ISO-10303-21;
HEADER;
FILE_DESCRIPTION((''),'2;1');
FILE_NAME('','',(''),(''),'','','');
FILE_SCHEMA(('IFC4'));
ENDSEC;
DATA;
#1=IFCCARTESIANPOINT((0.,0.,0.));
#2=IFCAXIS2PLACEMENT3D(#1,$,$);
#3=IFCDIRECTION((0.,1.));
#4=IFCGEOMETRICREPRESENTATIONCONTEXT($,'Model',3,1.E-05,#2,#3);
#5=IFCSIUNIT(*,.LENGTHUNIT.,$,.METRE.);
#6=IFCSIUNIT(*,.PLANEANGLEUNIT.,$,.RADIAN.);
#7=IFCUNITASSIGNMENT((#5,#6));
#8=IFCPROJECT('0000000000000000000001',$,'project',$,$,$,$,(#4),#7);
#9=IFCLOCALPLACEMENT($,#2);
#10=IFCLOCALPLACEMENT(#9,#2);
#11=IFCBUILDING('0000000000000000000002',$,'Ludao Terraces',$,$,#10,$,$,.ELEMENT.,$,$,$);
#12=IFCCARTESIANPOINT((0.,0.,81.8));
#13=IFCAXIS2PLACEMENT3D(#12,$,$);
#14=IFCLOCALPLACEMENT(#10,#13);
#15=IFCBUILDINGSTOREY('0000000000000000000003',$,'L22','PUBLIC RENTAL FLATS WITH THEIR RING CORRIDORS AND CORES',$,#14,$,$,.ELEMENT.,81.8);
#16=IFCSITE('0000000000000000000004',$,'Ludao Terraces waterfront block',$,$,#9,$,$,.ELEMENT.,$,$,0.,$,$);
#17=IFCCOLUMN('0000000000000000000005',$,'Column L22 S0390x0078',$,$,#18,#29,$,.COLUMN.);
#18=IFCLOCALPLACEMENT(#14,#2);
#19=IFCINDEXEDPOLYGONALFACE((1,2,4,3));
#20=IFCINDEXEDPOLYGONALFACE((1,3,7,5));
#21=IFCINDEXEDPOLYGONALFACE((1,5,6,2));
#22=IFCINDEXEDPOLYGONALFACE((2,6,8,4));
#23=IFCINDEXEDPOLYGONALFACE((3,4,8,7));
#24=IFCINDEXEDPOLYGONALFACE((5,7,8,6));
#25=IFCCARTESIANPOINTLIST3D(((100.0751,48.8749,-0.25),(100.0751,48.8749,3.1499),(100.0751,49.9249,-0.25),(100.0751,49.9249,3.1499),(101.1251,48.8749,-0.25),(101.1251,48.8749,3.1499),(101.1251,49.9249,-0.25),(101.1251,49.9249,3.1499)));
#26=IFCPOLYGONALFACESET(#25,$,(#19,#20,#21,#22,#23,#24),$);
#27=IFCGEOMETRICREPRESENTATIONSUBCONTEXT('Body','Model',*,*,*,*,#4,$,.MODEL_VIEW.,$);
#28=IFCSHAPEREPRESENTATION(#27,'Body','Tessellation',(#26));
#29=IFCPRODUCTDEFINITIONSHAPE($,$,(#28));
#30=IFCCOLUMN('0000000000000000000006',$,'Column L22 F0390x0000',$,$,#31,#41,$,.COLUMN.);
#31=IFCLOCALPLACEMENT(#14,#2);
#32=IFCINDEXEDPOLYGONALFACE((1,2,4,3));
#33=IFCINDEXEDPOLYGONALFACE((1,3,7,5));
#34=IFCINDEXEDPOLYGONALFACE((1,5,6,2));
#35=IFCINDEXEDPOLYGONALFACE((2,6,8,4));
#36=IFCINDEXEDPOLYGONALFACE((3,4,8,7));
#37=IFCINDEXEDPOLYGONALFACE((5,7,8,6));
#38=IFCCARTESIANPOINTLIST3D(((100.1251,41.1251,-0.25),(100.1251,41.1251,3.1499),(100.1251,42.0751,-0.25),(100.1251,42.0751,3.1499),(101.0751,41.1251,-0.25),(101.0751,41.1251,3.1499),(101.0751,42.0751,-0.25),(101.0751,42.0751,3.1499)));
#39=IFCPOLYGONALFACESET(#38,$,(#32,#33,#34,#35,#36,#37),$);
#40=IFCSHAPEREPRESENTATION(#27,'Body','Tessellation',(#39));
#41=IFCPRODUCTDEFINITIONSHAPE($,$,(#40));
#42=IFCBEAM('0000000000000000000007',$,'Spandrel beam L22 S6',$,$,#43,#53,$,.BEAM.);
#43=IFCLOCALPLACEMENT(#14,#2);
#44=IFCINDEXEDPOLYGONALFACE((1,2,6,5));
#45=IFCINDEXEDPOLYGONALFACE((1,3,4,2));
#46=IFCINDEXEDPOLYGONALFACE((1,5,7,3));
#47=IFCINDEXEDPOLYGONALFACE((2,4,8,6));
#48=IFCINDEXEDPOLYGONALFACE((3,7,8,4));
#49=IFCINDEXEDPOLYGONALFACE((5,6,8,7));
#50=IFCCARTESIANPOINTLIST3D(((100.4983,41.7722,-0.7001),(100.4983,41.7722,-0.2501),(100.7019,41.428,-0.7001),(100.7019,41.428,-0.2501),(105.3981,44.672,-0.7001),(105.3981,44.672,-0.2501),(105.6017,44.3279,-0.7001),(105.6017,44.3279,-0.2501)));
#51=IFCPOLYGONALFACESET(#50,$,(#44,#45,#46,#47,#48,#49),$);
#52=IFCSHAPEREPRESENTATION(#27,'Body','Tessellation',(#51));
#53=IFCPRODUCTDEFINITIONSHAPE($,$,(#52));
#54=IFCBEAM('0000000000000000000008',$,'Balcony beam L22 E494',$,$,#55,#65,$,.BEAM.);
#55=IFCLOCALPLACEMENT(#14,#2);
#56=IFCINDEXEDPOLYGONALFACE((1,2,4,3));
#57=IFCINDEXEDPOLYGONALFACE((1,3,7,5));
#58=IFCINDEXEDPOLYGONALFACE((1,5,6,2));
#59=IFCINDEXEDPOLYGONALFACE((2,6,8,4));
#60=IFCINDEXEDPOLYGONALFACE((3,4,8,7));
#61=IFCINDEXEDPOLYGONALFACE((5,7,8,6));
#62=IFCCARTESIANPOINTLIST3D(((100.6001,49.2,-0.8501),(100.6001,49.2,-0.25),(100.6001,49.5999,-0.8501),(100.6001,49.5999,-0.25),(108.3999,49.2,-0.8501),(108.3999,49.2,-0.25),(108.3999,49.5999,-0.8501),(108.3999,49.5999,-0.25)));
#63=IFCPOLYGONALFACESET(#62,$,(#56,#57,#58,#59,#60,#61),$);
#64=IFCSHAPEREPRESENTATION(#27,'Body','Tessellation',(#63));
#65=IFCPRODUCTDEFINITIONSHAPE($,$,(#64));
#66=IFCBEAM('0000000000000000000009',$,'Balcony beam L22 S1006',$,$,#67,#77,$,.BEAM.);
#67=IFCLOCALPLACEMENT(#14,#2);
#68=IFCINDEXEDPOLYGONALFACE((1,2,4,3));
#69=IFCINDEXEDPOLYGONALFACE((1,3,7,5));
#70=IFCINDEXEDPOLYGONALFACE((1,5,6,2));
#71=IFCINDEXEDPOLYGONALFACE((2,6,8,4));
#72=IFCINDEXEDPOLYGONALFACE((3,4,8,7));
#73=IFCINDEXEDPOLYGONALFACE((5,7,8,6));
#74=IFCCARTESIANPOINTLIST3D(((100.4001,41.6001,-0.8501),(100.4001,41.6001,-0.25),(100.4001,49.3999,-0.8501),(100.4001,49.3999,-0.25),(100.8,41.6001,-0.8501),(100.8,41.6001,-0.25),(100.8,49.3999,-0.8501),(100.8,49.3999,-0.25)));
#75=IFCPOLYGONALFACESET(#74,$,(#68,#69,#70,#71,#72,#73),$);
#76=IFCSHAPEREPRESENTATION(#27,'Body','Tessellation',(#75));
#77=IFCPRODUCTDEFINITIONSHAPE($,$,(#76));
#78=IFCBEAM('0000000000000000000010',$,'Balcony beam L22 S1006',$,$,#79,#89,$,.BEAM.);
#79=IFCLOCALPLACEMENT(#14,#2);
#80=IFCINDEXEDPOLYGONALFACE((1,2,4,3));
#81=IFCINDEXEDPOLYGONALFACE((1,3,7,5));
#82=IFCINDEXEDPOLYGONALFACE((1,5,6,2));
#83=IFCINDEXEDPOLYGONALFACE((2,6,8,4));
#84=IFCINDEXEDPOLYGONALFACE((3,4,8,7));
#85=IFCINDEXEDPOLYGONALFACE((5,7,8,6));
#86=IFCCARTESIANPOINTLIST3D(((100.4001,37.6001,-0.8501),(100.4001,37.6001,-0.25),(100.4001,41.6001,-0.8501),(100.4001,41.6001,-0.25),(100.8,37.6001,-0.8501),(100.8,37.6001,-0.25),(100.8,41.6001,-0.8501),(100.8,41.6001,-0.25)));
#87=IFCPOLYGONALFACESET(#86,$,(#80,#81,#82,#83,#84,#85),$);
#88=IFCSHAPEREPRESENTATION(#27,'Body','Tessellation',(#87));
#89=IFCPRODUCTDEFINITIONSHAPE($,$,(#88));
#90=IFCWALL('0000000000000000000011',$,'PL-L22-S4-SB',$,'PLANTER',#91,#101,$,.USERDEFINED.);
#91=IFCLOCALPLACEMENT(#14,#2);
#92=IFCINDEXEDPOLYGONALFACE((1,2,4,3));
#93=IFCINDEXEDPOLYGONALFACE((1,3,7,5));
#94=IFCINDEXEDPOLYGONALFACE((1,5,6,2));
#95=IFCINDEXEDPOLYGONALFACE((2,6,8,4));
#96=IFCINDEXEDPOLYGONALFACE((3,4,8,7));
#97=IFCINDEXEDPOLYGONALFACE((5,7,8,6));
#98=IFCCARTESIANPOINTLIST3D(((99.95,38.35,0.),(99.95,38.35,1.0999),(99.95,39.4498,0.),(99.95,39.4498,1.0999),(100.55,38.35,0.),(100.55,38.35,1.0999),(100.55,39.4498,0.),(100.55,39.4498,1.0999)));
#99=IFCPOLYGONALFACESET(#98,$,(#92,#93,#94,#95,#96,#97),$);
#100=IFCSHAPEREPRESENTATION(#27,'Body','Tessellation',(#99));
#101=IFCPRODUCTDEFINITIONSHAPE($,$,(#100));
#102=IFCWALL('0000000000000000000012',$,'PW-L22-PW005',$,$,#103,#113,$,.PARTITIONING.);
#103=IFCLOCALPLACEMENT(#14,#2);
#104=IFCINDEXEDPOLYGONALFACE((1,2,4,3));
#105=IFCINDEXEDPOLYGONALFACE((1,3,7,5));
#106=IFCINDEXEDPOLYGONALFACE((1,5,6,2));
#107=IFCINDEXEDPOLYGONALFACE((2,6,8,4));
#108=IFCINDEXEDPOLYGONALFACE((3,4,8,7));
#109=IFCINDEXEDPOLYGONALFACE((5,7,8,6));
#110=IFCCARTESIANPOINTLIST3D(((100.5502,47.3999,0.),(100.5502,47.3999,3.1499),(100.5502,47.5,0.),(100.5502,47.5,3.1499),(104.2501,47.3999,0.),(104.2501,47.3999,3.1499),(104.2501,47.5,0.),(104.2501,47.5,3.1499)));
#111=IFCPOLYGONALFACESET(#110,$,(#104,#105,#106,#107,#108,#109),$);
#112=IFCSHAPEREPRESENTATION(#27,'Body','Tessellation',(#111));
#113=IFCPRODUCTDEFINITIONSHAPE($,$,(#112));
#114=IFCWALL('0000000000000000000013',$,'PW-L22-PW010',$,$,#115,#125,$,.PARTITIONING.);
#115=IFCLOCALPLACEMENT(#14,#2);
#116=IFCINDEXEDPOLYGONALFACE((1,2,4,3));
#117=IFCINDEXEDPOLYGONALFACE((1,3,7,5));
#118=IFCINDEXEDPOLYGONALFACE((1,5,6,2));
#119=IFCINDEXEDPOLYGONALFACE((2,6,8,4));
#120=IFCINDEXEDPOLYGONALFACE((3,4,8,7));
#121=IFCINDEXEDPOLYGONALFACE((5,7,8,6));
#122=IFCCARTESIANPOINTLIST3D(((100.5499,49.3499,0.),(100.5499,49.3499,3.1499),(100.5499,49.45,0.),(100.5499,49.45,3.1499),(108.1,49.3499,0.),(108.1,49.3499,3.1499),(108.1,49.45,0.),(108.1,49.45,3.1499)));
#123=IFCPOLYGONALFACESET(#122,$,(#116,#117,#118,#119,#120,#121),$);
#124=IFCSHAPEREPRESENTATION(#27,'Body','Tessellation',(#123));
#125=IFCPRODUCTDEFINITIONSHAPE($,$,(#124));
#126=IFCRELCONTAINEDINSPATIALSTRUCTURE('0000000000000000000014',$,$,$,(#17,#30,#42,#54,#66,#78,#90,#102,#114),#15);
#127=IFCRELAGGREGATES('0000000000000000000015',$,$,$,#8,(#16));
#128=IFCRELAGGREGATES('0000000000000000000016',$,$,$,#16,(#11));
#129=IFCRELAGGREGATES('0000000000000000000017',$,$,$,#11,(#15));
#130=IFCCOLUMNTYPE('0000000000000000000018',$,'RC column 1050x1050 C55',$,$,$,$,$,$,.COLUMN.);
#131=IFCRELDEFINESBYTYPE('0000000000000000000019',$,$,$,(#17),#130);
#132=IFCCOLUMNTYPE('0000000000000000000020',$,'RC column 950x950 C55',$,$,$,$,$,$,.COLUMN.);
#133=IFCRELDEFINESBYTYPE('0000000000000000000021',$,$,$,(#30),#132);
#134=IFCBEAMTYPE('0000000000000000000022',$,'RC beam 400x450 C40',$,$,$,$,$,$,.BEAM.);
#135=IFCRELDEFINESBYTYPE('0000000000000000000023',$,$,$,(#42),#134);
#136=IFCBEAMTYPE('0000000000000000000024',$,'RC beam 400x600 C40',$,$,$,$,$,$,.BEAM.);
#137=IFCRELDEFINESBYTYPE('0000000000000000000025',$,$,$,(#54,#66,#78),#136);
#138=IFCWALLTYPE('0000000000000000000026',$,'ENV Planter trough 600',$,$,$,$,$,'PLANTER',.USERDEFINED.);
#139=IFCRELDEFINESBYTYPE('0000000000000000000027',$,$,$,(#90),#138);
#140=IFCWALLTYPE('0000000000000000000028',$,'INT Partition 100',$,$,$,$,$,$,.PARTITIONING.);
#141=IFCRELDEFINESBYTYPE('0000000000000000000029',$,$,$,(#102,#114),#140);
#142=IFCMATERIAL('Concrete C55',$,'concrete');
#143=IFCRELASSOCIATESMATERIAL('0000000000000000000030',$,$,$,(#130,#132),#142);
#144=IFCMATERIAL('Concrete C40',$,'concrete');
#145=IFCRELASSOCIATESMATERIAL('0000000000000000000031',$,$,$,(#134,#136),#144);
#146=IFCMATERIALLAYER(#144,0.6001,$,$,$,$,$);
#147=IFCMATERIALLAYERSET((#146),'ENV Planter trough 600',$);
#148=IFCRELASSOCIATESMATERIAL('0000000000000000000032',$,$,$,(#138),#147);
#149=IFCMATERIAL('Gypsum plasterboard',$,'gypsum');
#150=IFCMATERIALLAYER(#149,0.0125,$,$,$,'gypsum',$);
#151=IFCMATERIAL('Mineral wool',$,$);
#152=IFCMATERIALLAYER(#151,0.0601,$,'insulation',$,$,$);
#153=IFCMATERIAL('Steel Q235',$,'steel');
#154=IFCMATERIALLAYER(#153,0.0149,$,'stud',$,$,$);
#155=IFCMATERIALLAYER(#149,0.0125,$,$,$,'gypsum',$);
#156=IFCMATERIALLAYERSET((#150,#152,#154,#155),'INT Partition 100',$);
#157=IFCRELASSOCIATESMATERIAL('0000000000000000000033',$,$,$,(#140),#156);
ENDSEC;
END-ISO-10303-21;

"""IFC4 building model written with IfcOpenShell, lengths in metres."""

from ifc_helpers import new_model, si_unit, direction, frame, frame_2d, origin, origin_2d, place, context, subcontext, project, spatial, rectangle, extrude, material, layer, layer_set, material_profile, profile_set, type_object, element, save


model = new_model("IFC4")

# Units and contexts
model_context = context("Model", 3, precision=1e-05, world=origin(), true_north=direction((0.0, 1.0)))
body_context = subcontext(model_context, "Body", "Model", "MODEL_VIEW")
ifc_project = project(units=[si_unit("LENGTHUNIT", "METRE"), si_unit("PLANEANGLEUNIT", "RADIAN")], contexts=[model_context])

# Site, building, storey
site_placement = place(None, origin())
site = spatial("IfcSite", under=ifc_project, at=site_placement, Name="Ludao Terraces waterfront block", CompositionType="ELEMENT", RefElevation=0.0)
building_placement = place(site_placement, origin())
building = spatial("IfcBuilding", under=site, at=building_placement, Name="Ludao Terraces", CompositionType="ELEMENT")
storey_placement = place(building_placement, frame((0.0, 0.0, 81.8)))
storey = spatial("IfcBuildingStorey", under=building, at=storey_placement, Name="L22", Description="PUBLIC RENTAL FLATS WITH THEIR RING CORRIDORS AND CORES", CompositionType="ELEMENT", Elevation=81.8)

# Columns
ifc_material_1 = material(Name="Concrete C55", Category="concrete")
ifc_material_profile_1 = material_profile(ifc_material_1, rectangle(XDim=1.05, YDim=1.05, at=origin_2d()), Name="1050 X 1050")
ifc_profile_set_1 = profile_set([ifc_material_profile_1], Name="Concrete C55")
column_type_1 = type_object("IfcColumnType", Name="RC column 1050x1050 C55", PredefinedType="COLUMN", material=ifc_profile_set_1)
column_1_placement = place(storey_placement, frame((100.6001, 49.3999, -0.25), z_axis=(0.0, 0.0, 1.0), x_axis=(1.0, 0.0, 0.0)))
element("IfcColumn", 1, at=column_1_placement, inside=storey, type_object=column_type_1, Name="Column L22 S0390x0078", PredefinedType="COLUMN", context=body_context, shape_type="SweptSolid", body=[
    extrude(rectangle(XDim=1.05, YDim=1.05, at=origin_2d()), origin(), (0.0, 0.0, 1.0), 3.3999),
])
ifc_material_profile_2 = material_profile(ifc_material_1, rectangle(XDim=0.95, YDim=0.95, at=origin_2d()), Name="950 X 950")
ifc_profile_set_2 = profile_set([ifc_material_profile_2], Name="Concrete C55")
column_type_2 = type_object("IfcColumnType", Name="RC column 950x950 C55", PredefinedType="COLUMN", material=ifc_profile_set_2)
column_2_placement = place(storey_placement, frame((100.6001, 41.6001, -0.25), z_axis=(0.0, 0.0, 1.0), x_axis=(1.0, 0.0, 0.0)))
element("IfcColumn", 2, at=column_2_placement, inside=storey, type_object=column_type_2, Name="Column L22 F0390x0000", PredefinedType="COLUMN", context=body_context, shape_type="SweptSolid", body=[
    extrude(rectangle(XDim=0.95, YDim=0.95, at=origin_2d()), origin(), (0.0, 0.0, 1.0), 3.3999),
])

# Beams
ifc_material_2 = material(Name="Concrete C40", Category="concrete")
ifc_material_profile_3 = material_profile(ifc_material_2, rectangle(XDim=0.3999, YDim=0.45, at=origin_2d()), Name="400 X 450")
ifc_profile_set_3 = profile_set([ifc_material_profile_3], Name="Concrete C40")
beam_type_1 = type_object("IfcBeamType", Name="RC beam 400x450 C40", PredefinedType="BEAM", material=ifc_profile_set_3)
beam_1_placement = place(storey_placement, frame((100.6001, 41.6001, -0.4751), z_axis=(0.86058, 0.509316, 0.0), x_axis=(-0.509316, 0.86058, 0.0)))
element("IfcBeam", 3, at=beam_1_placement, inside=storey, type_object=beam_type_1, Name="Spandrel beam L22 S6", PredefinedType="BEAM", context=body_context, shape_type="SweptSolid", body=[
    extrude(rectangle(XDim=0.3999, YDim=0.45, at=origin_2d()), origin(), (0.0, 0.0, 1.0), 5.6936),
])
ifc_material_profile_4 = material_profile(ifc_material_2, rectangle(XDim=0.3999, YDim=0.6001, at=origin_2d()), Name="400 X 600")
ifc_profile_set_4 = profile_set([ifc_material_profile_4], Name="Concrete C40")
beam_type_2 = type_object("IfcBeamType", Name="RC beam 400x600 C40", PredefinedType="BEAM", material=ifc_profile_set_4)
for number, where, z_axis, x_axis, name in (
    (4, (100.6001, 49.3999, -0.55), (1.0, 0.0, 0.0), (0.0, 1.0, 0.0), "Balcony beam L22 E494"),
    (5, (100.6001, 49.3999, -0.55), (0.0, -1.0, 0.0), (1.0, 0.0, 0.0), "Balcony beam L22 S1006"),
):
    element("IfcBeam", number, at=place(storey_placement, frame(where, z_axis=z_axis, x_axis=x_axis)), inside=storey, type_object=beam_type_2, Name=name, PredefinedType="BEAM", context=body_context, shape_type="SweptSolid", body=[
        extrude(rectangle(XDim=0.3999, YDim=0.6001, at=origin_2d()), origin(), (0.0, 0.0, 1.0), 7.7998),
    ])
beam_2_placement = place(storey_placement, frame((100.6001, 41.6001, -0.55), z_axis=(0.0, -1.0, 0.0), x_axis=(1.0, 0.0, 0.0)))
element("IfcBeam", 6, at=beam_2_placement, inside=storey, type_object=beam_type_2, Name="Balcony beam L22 S1006", PredefinedType="BEAM", context=body_context, shape_type="SweptSolid", body=[
    extrude(rectangle(XDim=0.3999, YDim=0.6001, at=origin_2d()), origin(), (0.0, 0.0, 1.0), 4.0),
])

# Walls
ifc_layer_1 = layer(ifc_material_2, 0.6001)
ifc_layer_set_1 = layer_set([ifc_layer_1], Name="ENV Planter trough 600")
wall_type_1 = type_object("IfcWallType", Name="ENV Planter trough 600", ElementType="PLANTER", PredefinedType="USERDEFINED", material=ifc_layer_set_1)
wall_1_placement = place(storey_placement, frame((100.25, 38.3501, 0.0), z_axis=(0.0, 0.0, 1.0), x_axis=(0.0, 1.0, 0.0)))
element("IfcWall", 7, at=wall_1_placement, inside=storey, type_object=wall_type_1, Name="PL-L22-S4-SB", ObjectType="PLANTER", PredefinedType="USERDEFINED", context=body_context, shape_type="SweptSolid", body=[
    extrude(rectangle(XDim=1.0999, YDim=0.6001, at=frame_2d((0.5498, 0.0))), origin(), (0.0, 0.0, 1.0), 1.0999),
])
ifc_material_3 = material(Name="Gypsum plasterboard", Category="gypsum")
ifc_layer_2 = layer(ifc_material_3, 0.0125, Category="gypsum")
ifc_material_4 = material(Name="Mineral wool")
ifc_layer_3 = layer(ifc_material_4, 0.0601, Name="insulation")
ifc_material_5 = material(Name="Steel Q235", Category="steel")
ifc_layer_4 = layer(ifc_material_5, 0.0149, Name="stud")
ifc_layer_5 = layer(ifc_material_3, 0.0125, Category="gypsum")
ifc_layer_set_2 = layer_set([ifc_layer_2, ifc_layer_3, ifc_layer_4, ifc_layer_5], Name="INT Partition 100")
wall_type_2 = type_object("IfcWallType", Name="INT Partition 100", PredefinedType="PARTITIONING", material=ifc_layer_set_2)
wall_2_placement = place(storey_placement, frame((100.55, 47.45, 0.0), z_axis=(0.0, 0.0, 1.0), x_axis=(1.0, 0.0, 0.0)))
element("IfcWall", 8, at=wall_2_placement, inside=storey, type_object=wall_type_2, Name="PW-L22-PW005", PredefinedType="PARTITIONING", context=body_context, shape_type="SweptSolid", body=[
    extrude(rectangle(XDim=3.7, YDim=0.1001, at=frame_2d((1.8501, 0.0))), origin(), (0.0, 0.0, 1.0), 3.1499),
])
wall_3_placement = place(storey_placement, frame((100.55, 49.3999, 0.0), z_axis=(0.0, 0.0, 1.0), x_axis=(1.0, 0.0, 0.0)))
element("IfcWall", 9, at=wall_3_placement, inside=storey, type_object=wall_type_2, Name="PW-L22-PW010", PredefinedType="PARTITIONING", context=body_context, shape_type="SweptSolid", body=[
    extrude(rectangle(XDim=7.55, YDim=0.1001, at=frame_2d((3.7749, 0.0))), origin(), (0.0, 0.0, 1.0), 3.1499),
])

save(model, "model.ifc")
